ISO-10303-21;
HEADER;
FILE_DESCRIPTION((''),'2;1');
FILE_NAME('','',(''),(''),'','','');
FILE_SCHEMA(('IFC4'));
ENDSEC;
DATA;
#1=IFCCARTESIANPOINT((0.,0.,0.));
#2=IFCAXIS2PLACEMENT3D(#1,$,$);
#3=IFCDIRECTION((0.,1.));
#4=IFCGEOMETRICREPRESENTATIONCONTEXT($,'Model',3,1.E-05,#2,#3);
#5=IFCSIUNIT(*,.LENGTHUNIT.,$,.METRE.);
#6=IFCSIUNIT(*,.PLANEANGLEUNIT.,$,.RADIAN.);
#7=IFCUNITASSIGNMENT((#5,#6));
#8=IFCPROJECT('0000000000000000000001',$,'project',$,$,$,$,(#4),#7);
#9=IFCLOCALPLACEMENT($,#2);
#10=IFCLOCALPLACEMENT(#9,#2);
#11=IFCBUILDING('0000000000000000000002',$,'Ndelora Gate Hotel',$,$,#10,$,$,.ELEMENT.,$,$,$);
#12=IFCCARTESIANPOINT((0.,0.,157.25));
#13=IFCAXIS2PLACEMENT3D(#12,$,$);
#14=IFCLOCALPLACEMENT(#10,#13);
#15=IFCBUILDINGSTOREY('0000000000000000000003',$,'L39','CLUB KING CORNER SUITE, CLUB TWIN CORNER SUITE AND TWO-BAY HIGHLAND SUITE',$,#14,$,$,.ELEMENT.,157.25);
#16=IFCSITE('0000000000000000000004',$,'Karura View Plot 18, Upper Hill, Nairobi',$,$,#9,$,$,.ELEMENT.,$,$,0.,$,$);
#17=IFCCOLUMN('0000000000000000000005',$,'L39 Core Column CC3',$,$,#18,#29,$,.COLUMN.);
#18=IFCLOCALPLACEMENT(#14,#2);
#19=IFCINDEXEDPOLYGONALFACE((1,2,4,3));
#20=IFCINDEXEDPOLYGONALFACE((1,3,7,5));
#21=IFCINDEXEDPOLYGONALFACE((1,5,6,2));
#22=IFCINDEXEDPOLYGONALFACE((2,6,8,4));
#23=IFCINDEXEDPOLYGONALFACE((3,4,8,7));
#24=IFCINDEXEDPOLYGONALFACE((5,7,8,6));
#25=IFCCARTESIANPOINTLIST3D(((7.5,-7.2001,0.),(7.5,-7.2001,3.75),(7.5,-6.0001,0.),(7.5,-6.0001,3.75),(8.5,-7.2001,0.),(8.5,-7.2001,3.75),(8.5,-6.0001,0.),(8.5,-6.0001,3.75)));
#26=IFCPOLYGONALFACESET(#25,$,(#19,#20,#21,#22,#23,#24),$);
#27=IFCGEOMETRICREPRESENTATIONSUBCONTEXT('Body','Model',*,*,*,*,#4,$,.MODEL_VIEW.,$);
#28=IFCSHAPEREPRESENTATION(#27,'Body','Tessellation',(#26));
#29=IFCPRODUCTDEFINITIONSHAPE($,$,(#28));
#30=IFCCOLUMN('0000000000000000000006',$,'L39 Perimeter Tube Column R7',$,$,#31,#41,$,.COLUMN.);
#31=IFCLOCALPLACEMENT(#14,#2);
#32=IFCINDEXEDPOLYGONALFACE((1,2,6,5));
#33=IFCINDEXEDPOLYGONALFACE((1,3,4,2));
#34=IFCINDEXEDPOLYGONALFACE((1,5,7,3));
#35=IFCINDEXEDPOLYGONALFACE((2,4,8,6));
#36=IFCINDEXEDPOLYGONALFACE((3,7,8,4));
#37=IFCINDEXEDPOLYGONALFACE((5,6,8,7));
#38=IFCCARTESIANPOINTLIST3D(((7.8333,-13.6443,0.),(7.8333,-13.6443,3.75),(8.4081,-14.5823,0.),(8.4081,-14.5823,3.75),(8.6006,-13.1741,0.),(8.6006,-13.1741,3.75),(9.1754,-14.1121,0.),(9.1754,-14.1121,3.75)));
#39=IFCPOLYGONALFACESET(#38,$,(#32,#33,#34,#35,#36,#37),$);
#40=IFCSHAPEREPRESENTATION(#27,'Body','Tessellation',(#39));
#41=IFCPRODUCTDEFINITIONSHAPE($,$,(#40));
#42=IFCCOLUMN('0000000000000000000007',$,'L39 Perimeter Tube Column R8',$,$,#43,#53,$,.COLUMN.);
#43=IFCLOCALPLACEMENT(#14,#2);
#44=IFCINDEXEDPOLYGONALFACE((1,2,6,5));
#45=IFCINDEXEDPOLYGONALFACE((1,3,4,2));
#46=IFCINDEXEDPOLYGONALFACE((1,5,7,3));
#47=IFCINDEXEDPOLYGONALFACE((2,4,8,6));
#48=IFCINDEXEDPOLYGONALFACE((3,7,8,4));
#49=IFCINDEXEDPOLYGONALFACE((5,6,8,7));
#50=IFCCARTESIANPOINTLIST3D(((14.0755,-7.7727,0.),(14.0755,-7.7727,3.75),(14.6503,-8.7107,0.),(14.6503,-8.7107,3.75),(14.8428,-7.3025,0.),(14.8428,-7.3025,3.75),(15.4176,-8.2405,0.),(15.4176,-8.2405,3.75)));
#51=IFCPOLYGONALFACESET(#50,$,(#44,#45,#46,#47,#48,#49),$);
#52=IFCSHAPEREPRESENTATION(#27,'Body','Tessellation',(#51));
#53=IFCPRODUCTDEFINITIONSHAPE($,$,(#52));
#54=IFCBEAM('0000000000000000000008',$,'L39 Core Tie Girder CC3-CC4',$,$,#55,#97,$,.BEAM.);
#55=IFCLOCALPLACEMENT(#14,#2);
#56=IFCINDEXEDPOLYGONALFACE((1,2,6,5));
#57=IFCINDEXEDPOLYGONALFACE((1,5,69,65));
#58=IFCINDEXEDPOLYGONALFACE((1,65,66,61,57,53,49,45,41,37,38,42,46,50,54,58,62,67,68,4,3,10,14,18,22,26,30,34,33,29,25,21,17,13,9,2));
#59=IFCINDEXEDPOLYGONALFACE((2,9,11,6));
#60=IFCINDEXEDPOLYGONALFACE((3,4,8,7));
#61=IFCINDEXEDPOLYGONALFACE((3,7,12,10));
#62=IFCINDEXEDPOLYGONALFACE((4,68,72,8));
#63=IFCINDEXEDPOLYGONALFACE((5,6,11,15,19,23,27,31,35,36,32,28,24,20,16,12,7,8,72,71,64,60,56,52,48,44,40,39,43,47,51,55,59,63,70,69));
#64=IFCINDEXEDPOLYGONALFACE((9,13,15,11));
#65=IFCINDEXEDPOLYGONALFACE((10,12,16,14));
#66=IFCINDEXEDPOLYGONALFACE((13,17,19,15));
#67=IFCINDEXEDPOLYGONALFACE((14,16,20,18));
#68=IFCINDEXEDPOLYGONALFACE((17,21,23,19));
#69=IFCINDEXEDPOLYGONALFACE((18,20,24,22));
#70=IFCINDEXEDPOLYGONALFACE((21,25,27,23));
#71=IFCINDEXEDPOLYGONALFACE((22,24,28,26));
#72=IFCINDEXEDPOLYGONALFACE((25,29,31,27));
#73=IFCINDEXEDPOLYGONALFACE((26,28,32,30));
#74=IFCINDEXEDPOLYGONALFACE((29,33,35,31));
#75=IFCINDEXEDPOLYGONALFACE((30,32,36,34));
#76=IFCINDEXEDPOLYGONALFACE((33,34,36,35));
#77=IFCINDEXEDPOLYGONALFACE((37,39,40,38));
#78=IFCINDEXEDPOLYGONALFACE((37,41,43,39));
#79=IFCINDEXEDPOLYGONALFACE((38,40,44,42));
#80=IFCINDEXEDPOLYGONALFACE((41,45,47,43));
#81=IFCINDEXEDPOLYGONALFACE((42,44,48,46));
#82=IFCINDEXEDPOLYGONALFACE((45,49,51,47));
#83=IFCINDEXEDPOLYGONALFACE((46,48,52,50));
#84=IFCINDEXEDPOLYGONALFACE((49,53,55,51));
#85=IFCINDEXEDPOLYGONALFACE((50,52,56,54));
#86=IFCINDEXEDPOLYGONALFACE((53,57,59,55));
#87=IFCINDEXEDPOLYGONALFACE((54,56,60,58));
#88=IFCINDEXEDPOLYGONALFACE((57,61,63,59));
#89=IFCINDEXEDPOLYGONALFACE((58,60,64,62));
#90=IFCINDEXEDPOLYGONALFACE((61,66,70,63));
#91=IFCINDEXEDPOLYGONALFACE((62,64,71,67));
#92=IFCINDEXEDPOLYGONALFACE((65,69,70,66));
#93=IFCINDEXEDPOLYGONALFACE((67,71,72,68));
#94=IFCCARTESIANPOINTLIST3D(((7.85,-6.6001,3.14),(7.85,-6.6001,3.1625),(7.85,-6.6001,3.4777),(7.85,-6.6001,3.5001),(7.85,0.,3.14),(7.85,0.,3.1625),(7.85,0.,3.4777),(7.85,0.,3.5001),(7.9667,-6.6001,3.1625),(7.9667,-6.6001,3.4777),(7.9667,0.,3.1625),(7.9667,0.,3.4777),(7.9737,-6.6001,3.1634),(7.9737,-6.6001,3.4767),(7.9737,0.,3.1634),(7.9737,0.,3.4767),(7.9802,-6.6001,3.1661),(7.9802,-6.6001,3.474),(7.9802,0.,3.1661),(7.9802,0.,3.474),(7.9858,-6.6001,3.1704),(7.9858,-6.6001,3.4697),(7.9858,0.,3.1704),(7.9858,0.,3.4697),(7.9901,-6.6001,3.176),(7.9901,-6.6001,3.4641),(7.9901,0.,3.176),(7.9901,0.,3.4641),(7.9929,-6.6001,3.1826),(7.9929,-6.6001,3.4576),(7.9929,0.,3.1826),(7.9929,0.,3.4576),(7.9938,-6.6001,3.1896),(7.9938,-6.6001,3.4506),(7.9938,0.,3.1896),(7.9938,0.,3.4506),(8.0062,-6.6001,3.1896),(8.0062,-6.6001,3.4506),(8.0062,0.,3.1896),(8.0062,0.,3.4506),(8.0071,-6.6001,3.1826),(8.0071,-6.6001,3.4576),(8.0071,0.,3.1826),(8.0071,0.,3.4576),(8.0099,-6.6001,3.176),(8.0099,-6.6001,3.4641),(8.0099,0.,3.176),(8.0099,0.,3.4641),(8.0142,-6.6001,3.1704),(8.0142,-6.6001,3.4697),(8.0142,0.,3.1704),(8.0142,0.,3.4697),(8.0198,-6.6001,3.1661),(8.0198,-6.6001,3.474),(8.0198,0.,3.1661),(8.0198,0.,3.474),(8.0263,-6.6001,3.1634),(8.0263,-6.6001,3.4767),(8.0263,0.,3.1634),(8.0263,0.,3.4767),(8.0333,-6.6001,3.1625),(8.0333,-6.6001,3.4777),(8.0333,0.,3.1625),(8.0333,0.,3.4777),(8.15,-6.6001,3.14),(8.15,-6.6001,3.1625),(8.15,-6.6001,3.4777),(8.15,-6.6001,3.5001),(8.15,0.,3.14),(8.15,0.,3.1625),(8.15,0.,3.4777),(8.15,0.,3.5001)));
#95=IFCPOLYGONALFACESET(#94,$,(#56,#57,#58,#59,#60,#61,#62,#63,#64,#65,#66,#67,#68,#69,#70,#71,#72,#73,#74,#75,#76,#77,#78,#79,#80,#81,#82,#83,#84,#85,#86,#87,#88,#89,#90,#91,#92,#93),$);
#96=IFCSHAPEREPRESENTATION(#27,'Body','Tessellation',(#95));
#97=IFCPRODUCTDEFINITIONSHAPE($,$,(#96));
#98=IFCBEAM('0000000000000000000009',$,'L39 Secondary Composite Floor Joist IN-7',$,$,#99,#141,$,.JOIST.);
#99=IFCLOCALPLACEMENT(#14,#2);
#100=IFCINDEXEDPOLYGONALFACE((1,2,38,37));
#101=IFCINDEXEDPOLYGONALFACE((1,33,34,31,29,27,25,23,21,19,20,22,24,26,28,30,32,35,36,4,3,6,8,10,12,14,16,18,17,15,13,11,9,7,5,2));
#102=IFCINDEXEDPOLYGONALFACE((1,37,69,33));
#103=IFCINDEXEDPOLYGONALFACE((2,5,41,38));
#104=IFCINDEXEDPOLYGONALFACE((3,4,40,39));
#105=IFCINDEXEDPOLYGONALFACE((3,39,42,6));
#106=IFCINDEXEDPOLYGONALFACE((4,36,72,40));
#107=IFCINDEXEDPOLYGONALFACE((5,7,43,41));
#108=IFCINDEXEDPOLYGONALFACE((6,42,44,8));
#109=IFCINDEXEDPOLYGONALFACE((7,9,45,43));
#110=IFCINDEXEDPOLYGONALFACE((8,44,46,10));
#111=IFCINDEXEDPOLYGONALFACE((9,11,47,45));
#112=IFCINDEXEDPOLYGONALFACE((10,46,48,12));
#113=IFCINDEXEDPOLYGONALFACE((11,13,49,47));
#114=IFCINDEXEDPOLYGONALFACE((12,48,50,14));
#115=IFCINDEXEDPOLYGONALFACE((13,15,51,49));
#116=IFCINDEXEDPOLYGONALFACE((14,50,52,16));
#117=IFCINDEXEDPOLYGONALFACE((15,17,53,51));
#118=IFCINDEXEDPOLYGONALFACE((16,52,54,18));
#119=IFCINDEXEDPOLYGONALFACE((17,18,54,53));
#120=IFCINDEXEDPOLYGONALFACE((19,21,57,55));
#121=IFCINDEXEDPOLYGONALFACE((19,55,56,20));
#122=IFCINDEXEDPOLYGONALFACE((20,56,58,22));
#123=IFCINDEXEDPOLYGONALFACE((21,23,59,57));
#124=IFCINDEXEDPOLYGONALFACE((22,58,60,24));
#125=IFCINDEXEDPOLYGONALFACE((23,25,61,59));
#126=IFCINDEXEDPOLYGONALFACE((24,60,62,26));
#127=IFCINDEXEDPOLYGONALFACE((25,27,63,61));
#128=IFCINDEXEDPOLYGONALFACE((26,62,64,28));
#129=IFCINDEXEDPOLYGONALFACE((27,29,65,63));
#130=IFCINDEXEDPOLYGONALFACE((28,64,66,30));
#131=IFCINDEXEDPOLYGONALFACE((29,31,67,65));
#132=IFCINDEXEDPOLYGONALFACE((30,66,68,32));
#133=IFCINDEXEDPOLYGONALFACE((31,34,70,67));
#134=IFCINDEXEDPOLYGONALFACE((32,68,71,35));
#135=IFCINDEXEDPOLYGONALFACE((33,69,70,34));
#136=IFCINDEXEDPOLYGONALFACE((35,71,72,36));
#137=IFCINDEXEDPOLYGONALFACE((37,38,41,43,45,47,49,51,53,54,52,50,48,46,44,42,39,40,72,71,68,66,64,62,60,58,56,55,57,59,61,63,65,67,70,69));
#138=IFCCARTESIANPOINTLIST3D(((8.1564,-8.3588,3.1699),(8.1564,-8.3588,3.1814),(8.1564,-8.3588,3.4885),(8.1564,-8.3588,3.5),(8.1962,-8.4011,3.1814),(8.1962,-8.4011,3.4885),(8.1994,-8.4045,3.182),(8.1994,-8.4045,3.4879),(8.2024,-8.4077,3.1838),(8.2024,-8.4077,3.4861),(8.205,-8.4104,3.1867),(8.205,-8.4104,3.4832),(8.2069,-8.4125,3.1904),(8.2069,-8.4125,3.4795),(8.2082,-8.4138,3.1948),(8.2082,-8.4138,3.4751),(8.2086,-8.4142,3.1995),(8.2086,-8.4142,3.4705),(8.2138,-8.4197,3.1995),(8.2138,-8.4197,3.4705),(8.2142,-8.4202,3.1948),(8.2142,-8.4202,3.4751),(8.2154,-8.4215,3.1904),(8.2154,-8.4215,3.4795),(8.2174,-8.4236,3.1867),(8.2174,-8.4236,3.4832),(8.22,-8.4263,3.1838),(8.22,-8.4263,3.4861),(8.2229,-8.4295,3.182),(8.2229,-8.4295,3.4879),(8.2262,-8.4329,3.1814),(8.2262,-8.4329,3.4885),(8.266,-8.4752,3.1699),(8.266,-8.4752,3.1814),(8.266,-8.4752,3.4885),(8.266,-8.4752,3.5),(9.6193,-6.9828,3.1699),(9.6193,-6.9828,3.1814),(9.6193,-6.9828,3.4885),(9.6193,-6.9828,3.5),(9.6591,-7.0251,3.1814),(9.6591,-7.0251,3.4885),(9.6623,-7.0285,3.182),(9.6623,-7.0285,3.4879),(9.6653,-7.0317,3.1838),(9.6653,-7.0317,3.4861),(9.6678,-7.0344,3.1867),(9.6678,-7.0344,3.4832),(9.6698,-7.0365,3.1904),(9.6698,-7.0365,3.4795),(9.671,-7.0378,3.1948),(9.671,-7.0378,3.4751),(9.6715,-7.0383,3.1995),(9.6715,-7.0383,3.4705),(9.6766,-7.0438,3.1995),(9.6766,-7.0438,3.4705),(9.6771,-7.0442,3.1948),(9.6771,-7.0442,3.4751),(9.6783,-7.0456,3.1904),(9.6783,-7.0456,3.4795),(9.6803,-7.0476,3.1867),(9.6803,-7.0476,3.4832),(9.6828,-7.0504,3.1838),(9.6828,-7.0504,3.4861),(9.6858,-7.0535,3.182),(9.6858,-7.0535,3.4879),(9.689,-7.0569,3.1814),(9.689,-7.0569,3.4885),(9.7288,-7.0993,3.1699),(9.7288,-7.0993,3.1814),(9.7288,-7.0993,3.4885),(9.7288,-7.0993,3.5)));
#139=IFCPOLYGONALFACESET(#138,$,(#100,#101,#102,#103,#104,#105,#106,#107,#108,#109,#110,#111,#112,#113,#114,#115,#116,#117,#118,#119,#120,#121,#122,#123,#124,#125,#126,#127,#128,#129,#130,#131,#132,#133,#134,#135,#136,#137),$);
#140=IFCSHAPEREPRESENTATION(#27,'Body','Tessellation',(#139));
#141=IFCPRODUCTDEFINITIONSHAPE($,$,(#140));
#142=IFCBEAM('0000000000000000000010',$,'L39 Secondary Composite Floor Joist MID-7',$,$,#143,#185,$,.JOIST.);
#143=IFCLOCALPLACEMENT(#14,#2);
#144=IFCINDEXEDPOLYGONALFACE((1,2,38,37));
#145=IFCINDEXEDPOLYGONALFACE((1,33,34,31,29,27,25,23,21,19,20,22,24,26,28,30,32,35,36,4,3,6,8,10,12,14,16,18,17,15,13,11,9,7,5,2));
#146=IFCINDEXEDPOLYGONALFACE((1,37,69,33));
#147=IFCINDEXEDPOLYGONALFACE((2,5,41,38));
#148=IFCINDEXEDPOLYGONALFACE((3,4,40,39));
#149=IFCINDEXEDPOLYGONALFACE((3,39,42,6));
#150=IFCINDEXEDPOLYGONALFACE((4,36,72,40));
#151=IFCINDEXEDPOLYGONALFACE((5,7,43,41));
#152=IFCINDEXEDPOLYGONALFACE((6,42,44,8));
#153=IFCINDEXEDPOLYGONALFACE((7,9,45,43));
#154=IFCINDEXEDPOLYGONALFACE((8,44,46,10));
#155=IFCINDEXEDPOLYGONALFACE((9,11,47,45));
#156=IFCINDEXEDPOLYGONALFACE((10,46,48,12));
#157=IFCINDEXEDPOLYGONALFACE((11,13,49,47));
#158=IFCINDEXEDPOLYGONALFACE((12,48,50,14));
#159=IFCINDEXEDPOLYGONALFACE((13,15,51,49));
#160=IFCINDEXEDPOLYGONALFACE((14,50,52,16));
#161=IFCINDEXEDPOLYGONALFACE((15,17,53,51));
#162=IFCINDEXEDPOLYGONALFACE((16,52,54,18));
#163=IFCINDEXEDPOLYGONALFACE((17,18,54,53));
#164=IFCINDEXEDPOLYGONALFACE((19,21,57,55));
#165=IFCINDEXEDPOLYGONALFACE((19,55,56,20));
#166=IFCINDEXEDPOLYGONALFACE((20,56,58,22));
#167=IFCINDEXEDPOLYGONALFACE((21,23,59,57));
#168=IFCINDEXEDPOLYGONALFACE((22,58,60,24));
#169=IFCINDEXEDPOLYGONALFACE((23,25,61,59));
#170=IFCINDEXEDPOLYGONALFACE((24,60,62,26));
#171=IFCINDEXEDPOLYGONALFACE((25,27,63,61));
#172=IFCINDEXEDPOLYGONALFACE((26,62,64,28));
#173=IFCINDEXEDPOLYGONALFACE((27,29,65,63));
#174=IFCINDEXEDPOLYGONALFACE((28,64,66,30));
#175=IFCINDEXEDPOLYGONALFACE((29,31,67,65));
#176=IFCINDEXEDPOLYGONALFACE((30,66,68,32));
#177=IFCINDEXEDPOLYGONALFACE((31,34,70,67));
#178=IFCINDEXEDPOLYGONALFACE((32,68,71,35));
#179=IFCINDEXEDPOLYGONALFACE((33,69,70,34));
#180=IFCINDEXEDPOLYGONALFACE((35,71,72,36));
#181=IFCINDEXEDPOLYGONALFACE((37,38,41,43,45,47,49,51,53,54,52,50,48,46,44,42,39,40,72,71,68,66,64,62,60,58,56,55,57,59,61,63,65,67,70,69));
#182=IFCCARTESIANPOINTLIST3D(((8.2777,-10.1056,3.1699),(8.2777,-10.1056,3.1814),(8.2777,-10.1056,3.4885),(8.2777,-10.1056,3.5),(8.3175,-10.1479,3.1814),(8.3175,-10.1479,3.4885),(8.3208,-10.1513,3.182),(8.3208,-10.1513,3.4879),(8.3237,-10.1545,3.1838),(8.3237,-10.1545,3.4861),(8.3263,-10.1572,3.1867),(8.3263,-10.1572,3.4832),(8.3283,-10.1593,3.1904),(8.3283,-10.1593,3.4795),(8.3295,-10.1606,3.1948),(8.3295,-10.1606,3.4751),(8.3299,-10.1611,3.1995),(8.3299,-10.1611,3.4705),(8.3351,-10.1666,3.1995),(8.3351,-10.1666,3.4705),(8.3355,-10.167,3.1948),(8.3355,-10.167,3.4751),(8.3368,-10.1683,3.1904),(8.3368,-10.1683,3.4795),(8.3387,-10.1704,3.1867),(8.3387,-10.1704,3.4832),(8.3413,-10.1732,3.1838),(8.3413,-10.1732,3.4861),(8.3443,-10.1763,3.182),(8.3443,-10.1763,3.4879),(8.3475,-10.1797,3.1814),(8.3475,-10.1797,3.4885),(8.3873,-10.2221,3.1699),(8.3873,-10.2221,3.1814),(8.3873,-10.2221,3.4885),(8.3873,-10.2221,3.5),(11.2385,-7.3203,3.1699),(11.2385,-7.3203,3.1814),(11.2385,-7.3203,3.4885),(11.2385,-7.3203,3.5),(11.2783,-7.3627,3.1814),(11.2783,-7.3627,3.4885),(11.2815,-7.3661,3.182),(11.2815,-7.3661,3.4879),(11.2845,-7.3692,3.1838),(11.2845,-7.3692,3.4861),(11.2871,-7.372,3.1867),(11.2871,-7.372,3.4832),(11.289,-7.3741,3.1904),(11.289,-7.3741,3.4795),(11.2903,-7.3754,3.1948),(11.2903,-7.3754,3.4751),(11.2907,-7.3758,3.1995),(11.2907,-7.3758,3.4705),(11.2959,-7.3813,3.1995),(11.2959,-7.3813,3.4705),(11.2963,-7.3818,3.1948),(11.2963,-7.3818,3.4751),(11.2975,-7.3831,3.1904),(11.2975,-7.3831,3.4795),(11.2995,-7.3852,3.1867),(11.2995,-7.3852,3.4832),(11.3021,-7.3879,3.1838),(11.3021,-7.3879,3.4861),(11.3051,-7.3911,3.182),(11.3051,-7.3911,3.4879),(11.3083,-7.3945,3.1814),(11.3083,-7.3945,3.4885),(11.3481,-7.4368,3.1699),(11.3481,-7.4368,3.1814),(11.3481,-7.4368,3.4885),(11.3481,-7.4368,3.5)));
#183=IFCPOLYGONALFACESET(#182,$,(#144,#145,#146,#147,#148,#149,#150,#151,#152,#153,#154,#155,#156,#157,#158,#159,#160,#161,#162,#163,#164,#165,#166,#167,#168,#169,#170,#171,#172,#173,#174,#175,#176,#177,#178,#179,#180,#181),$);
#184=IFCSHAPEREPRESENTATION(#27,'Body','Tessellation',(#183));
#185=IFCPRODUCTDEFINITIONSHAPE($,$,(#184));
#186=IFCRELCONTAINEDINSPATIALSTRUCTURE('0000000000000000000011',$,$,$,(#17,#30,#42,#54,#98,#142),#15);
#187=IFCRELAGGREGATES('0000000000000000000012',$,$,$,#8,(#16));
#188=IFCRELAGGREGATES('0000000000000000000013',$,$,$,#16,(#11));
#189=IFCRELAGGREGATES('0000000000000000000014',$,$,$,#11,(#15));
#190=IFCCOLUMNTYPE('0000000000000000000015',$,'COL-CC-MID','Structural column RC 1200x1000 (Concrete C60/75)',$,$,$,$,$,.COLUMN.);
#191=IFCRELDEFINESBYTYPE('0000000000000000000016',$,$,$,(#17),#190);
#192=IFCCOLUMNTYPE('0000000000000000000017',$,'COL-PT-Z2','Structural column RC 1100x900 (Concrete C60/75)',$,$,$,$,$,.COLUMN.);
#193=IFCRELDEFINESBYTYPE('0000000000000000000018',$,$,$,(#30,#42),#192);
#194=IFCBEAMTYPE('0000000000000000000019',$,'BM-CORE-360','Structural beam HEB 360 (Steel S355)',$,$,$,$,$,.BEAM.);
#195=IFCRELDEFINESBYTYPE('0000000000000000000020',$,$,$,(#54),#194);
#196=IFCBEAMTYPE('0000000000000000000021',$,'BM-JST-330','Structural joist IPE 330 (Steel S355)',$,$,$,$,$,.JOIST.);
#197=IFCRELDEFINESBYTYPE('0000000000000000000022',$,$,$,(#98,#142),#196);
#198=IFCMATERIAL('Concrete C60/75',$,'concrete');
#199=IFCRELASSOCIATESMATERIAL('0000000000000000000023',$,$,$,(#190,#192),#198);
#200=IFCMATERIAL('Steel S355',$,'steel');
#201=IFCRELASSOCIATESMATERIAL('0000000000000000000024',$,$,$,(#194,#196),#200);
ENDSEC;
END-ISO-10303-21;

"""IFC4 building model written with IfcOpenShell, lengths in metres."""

from ifc_helpers import new_model, si_unit, direction, frame, origin, origin_2d, place, context, subcontext, project, spatial, rectangle, i_section, extrude, material, material_profile, profile_set, type_object, element, save


model = new_model("IFC4")

# Units and contexts
model_context = context("Model", 3, precision=1e-05, world=origin(), true_north=direction((0.0, 1.0)))
body_context = subcontext(model_context, "Body", "Model", "MODEL_VIEW")
ifc_project = project(units=[si_unit("LENGTHUNIT", "METRE"), si_unit("PLANEANGLEUNIT", "RADIAN")], contexts=[model_context])

# Site, building, storey
site_placement = place(None, origin())
site = spatial("IfcSite", under=ifc_project, at=site_placement, Name="Karura View Plot 18, Upper Hill, Nairobi", CompositionType="ELEMENT", RefElevation=0.0)
building_placement = place(site_placement, origin())
building = spatial("IfcBuilding", under=site, at=building_placement, Name="Ndelora Gate Hotel", CompositionType="ELEMENT")
storey_placement = place(building_placement, frame((0.0, 0.0, 157.25)))
storey = spatial("IfcBuildingStorey", under=building, at=storey_placement, Name="L39", Description="CLUB KING CORNER SUITE, CLUB TWIN CORNER SUITE AND TWO-BAY HIGHLAND SUITE", CompositionType="ELEMENT", Elevation=157.25)

# Columns
ifc_material_1 = material(Name="Concrete C60/75", Category="concrete")
ifc_material_profile_1 = material_profile(ifc_material_1, rectangle(XDim=1.0, YDim=1.2, at=origin_2d()), Name="RC 1200x1000")
ifc_profile_set_1 = profile_set([ifc_material_profile_1], Name="Concrete C60/75")
column_type_1 = type_object("IfcColumnType", Name="COL-CC-MID", Description="Structural column RC 1200x1000 (Concrete C60/75)", PredefinedType="COLUMN", material=ifc_profile_set_1)
column_placement = place(storey_placement, frame((8.0, -6.6001, 0.0), z_axis=(0.0, 0.0, 1.0), x_axis=(1.0, 0.0, 0.0)))
element("IfcColumn", 1, at=column_placement, inside=storey, type_object=column_type_1, Name="L39 Core Column CC3", PredefinedType="COLUMN", context=body_context, shape_type="SweptSolid", body=[
    extrude(rectangle(XDim=1.0, YDim=1.2, at=origin_2d()), origin(), (0.0, 0.0, 1.0), 3.75),
])
ifc_material_profile_2 = material_profile(ifc_material_1, rectangle(XDim=0.8999, YDim=1.1001, at=origin_2d()), Name="RC 1100x900")
ifc_profile_set_2 = profile_set([ifc_material_profile_2], Name="Concrete C60/75")
column_type_2 = type_object("IfcColumnType", Name="COL-PT-Z2", Description="Structural column RC 1100x900 (Concrete C60/75)", PredefinedType="COLUMN", material=ifc_profile_set_2)
for number, where, z_axis, x_axis, name in (
    (2, (8.5044, -13.8782, 0.0), (0.0, 0.0, 1.0), (0.85264, 0.522499, 0.0), "L39 Perimeter Tube Column R7"),
    (3, (14.7466, -8.0066, 0.0), (0.0, 0.0, 1.0), (0.85264, 0.522499, 0.0), "L39 Perimeter Tube Column R8"),
):
    element("IfcColumn", number, at=place(storey_placement, frame(where, z_axis=z_axis, x_axis=x_axis)), inside=storey, type_object=column_type_2, Name=name, PredefinedType="COLUMN", context=body_context, shape_type="SweptSolid", body=[
        extrude(rectangle(XDim=0.8999, YDim=1.1001, at=origin_2d()), origin(), (0.0, 0.0, 1.0), 3.75),
    ])

# Beams
ifc_material_2 = material(Name="Steel S355", Category="steel")
ifc_material_profile_3 = material_profile(ifc_material_2, i_section(OverallWidth=0.3, OverallDepth=0.3601, WebThickness=0.0125, FlangeThickness=0.0225, FilletRadius=0.0271, at=origin_2d()), Name="HEB 360")
ifc_profile_set_3 = profile_set([ifc_material_profile_3], Name="Steel S355")
beam_type_1 = type_object("IfcBeamType", Name="BM-CORE-360", Description="Structural beam HEB 360 (Steel S355)", PredefinedType="BEAM", material=ifc_profile_set_3)
beam_1_placement = place(storey_placement, frame((8.0, -6.6001, 3.3201), z_axis=(0.0, 1.0, 0.0), x_axis=(-1.0, 0.0, 0.0)))
element("IfcBeam", 4, at=beam_1_placement, inside=storey, type_object=beam_type_1, Name="L39 Core Tie Girder CC3-CC4", PredefinedType="BEAM", context=body_context, shape_type="SweptSolid", body=[
    extrude(i_section(OverallWidth=0.3, OverallDepth=0.3601, WebThickness=0.0125, FlangeThickness=0.0225, FilletRadius=0.0271, at=origin_2d()), origin(), (0.0, 0.0, 1.0), 6.6001),
])
ifc_material_profile_4 = material_profile(ifc_material_2, i_section(OverallWidth=0.1599, OverallDepth=0.3301, WebThickness=0.0076, FlangeThickness=0.0115, FilletRadius=0.0181, at=origin_2d()), Name="IPE 330")
ifc_profile_set_4 = profile_set([ifc_material_profile_4], Name="Steel S355")
beam_type_2 = type_object("IfcBeamType", Name="BM-JST-330", Description="Structural joist IPE 330 (Steel S355)", PredefinedType="JOIST", material=ifc_profile_set_4)
beam_2_placement = place(storey_placement, frame((8.2112, -8.417, 3.335), z_axis=(0.728414, 0.685137, 0.0), x_axis=(-0.685137, 0.728414, 0.0)))
element("IfcBeam", 5, at=beam_2_placement, inside=storey, type_object=beam_type_2, Name="L39 Secondary Composite Floor Joist IN-7", PredefinedType="JOIST", context=body_context, shape_type="SweptSolid", body=[
    extrude(i_section(OverallWidth=0.1599, OverallDepth=0.3301, WebThickness=0.0076, FlangeThickness=0.0115, FilletRadius=0.0181, at=origin_2d()), origin(), (0.0, 0.0, 1.0), 2.0083),
])
beam_3_placement = place(storey_placement, frame((8.3325, -10.1638, 3.335), z_axis=(0.728369, 0.685185, 0.0), x_axis=(-0.685185, 0.728369, 0.0)))
element("IfcBeam", 6, at=beam_3_placement, inside=storey, type_object=beam_type_2, Name="L39 Secondary Composite Floor Joist MID-7", PredefinedType="JOIST", context=body_context, shape_type="SweptSolid", body=[
    extrude(i_section(OverallWidth=0.1599, OverallDepth=0.3301, WebThickness=0.0076, FlangeThickness=0.0115, FilletRadius=0.0181, at=origin_2d()), origin(), (0.0, 0.0, 1.0), 4.0649),
])

save(model, "model.ifc")
